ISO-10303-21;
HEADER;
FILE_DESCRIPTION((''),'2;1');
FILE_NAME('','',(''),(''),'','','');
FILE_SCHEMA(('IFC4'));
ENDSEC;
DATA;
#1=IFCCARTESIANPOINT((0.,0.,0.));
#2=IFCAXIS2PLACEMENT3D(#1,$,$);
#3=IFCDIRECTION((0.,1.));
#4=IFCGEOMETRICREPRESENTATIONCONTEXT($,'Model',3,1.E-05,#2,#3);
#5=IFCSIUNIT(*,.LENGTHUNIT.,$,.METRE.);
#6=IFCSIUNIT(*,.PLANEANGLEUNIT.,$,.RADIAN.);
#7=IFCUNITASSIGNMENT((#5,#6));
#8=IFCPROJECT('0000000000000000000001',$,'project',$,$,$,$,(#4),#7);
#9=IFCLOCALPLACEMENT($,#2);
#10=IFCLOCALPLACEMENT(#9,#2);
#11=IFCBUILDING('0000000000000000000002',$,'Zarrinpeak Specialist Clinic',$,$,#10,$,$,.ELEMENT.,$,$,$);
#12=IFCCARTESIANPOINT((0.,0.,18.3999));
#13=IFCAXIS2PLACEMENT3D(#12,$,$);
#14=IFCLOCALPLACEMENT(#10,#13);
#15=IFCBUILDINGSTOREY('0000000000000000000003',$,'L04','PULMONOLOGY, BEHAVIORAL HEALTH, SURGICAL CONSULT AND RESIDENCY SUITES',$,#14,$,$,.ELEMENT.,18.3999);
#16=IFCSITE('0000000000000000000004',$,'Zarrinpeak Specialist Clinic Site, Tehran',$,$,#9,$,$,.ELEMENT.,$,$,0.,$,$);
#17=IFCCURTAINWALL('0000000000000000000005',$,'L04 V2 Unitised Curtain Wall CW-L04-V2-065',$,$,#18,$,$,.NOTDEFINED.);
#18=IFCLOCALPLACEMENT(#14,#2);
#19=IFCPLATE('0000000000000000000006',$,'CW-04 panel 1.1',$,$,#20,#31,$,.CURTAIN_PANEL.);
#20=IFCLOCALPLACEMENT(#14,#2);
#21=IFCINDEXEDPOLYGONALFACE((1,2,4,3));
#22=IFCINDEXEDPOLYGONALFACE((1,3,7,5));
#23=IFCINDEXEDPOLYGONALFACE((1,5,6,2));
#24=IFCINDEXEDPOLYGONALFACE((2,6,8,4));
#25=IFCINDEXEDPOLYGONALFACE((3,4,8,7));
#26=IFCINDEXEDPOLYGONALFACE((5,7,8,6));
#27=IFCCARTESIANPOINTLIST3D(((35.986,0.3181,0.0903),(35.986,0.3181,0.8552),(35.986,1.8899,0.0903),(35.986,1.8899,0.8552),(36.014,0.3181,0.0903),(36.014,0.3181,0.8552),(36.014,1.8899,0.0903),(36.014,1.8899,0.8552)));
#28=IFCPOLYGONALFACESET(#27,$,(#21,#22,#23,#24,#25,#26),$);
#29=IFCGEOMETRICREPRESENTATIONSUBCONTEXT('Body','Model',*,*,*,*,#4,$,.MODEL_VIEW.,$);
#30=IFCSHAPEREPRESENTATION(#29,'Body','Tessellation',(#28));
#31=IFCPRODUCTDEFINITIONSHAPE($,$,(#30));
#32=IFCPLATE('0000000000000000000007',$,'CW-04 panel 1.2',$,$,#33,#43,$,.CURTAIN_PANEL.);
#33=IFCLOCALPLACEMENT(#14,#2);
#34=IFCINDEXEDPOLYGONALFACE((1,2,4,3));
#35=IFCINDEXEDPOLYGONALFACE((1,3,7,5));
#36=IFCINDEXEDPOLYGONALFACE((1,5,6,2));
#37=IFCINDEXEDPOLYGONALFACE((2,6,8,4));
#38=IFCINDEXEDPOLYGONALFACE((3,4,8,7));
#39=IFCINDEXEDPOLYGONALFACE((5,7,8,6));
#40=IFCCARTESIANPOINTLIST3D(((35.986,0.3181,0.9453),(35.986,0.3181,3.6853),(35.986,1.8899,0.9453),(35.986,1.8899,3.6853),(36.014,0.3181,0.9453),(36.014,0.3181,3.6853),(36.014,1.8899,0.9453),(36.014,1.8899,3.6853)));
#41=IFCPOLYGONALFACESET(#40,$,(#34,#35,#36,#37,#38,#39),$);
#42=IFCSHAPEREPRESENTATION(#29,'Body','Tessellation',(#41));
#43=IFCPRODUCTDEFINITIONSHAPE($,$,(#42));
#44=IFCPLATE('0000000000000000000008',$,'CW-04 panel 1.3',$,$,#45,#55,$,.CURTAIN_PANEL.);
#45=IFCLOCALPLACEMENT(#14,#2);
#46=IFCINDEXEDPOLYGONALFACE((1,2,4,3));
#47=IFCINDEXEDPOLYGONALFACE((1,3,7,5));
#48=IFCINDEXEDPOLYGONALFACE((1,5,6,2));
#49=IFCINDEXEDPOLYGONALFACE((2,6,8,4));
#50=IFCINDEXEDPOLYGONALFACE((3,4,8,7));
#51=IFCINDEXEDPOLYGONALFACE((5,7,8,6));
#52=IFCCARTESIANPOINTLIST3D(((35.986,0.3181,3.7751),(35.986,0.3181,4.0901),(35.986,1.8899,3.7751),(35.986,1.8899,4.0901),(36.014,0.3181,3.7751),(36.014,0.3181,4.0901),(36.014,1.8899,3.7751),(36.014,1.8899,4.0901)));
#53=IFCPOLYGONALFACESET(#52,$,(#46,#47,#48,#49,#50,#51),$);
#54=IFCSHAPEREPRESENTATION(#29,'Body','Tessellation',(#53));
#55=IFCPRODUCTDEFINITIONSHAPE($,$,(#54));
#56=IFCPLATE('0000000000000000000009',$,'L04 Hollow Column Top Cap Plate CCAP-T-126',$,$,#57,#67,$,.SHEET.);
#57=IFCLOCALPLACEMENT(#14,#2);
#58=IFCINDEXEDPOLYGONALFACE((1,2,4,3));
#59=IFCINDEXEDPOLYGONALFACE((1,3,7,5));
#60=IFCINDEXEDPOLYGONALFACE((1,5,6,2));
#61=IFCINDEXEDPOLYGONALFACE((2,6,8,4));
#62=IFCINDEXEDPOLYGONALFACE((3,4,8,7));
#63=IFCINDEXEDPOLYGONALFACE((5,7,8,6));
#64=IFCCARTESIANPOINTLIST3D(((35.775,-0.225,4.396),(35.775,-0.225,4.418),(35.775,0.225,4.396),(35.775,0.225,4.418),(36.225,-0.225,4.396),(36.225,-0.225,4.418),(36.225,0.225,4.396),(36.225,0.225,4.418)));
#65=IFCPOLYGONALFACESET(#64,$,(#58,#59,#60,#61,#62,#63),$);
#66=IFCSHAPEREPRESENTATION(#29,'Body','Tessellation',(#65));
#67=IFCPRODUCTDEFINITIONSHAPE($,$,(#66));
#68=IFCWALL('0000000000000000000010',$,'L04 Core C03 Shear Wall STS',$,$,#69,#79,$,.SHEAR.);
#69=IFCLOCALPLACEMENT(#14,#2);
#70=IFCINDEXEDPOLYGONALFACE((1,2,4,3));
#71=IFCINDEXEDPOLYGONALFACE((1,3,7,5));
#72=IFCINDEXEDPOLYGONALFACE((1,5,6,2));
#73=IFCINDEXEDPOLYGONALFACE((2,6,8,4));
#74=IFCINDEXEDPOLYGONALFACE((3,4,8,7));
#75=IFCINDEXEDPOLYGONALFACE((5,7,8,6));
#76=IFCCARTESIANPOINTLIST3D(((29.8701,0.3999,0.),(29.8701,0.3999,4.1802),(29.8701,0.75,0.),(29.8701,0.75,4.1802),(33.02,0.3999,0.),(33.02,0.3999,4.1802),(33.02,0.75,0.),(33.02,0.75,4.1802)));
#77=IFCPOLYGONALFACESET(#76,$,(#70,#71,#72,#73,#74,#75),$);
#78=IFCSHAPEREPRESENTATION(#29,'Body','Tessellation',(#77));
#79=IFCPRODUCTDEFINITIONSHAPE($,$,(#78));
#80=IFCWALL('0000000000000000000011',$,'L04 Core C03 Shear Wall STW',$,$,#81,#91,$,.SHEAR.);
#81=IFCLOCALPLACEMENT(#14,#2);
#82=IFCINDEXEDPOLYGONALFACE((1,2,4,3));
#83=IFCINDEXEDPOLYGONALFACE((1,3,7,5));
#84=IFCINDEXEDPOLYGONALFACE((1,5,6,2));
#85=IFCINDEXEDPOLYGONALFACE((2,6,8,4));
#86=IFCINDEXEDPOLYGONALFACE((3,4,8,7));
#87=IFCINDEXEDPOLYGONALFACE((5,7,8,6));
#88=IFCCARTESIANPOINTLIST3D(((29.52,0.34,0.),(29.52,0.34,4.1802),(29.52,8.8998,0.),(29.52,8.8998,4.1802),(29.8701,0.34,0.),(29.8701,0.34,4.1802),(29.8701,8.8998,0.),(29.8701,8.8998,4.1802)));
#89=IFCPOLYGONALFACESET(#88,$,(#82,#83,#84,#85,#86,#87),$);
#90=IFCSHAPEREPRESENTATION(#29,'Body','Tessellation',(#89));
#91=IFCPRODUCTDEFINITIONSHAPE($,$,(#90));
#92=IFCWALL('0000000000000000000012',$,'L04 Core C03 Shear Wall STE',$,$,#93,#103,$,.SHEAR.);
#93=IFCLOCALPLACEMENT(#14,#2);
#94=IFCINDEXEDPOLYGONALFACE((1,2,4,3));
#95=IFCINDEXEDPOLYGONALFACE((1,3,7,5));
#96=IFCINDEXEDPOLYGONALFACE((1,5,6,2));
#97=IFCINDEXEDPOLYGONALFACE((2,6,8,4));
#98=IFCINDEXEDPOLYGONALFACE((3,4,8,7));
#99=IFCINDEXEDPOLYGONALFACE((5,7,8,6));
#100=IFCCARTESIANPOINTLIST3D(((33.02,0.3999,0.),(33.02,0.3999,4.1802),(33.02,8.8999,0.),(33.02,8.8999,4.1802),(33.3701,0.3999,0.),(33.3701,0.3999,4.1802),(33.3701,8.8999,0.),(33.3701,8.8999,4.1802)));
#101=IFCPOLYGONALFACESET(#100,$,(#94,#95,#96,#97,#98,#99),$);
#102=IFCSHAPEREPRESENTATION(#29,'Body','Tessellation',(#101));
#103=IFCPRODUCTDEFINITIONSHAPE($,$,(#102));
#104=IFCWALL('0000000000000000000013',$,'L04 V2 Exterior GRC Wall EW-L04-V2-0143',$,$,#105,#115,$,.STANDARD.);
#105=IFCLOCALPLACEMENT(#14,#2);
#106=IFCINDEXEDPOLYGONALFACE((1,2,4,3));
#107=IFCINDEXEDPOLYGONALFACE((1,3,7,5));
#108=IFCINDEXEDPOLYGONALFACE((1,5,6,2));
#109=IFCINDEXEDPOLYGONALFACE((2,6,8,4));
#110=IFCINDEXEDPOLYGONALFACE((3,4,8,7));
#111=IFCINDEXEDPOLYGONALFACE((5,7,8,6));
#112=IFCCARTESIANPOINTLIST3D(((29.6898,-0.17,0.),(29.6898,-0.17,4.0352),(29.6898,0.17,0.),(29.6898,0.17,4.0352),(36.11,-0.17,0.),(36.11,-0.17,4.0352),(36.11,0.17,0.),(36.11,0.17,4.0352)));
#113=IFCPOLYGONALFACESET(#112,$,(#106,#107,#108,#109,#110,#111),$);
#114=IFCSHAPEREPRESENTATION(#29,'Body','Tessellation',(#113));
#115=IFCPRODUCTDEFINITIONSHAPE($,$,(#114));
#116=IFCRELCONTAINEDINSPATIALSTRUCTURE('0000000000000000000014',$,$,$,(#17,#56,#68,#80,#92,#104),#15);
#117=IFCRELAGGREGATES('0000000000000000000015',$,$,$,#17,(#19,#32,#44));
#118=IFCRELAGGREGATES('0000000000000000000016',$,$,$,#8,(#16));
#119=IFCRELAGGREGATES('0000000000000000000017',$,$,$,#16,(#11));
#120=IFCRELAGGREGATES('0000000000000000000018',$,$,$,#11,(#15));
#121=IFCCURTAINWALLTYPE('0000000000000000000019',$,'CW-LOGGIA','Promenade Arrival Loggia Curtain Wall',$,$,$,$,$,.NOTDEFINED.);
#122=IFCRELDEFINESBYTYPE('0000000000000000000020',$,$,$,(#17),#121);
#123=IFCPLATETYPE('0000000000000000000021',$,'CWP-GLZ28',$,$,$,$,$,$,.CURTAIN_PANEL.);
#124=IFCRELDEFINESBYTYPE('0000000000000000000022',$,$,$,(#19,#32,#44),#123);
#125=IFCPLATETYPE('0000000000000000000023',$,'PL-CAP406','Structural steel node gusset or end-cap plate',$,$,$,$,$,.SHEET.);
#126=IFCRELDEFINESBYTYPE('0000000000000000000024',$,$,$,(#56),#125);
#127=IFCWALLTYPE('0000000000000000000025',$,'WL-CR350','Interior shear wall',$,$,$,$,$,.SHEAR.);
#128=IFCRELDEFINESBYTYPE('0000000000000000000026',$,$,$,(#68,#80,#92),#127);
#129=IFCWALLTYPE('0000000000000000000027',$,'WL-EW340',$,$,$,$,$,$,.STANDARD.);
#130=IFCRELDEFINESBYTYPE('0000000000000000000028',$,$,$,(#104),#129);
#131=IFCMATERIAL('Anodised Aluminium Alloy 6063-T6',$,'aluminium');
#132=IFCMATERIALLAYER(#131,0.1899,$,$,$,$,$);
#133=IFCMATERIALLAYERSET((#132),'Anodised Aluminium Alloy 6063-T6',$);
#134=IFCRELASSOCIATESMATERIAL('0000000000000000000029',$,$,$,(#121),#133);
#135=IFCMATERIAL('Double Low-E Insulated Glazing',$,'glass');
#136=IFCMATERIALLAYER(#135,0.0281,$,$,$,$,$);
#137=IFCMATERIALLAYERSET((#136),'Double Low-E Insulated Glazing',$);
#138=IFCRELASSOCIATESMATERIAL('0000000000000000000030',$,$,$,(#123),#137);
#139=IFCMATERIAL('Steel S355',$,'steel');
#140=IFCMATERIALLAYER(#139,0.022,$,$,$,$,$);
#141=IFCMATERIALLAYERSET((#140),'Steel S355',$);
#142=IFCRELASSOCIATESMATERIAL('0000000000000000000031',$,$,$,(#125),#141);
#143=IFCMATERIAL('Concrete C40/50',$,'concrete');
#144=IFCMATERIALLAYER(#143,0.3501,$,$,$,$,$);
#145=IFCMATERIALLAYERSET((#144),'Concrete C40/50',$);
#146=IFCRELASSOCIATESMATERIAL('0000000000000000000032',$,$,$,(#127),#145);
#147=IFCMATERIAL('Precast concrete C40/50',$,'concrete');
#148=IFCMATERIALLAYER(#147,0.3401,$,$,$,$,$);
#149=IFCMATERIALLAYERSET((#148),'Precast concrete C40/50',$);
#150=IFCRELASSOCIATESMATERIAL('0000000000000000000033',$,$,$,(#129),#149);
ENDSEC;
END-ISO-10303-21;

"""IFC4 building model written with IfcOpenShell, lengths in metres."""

from ifc_helpers import new_model, si_unit, direction, frame, frame_2d, origin, origin_2d, place, context, subcontext, project, spatial, rectangle, extrude, material, layer, layer_set, type_object, element, aggregate, save


model = new_model("IFC4")

# Units and contexts
model_context = context("Model", 3, precision=1e-05, world=origin(), true_north=direction((0.0, 1.0)))
body_context = subcontext(model_context, "Body", "Model", "MODEL_VIEW")
ifc_project = project(units=[si_unit("LENGTHUNIT", "METRE"), si_unit("PLANEANGLEUNIT", "RADIAN")], contexts=[model_context])

# Site, building, storey
site_placement = place(None, origin())
site = spatial("IfcSite", under=ifc_project, at=site_placement, Name="Zarrinpeak Specialist Clinic Site, Tehran", CompositionType="ELEMENT", RefElevation=0.0)
building_placement = place(site_placement, origin())
building = spatial("IfcBuilding", under=site, at=building_placement, Name="Zarrinpeak Specialist Clinic", CompositionType="ELEMENT")
storey_placement = place(building_placement, frame((0.0, 0.0, 18.3999)))
storey = spatial("IfcBuildingStorey", under=building, at=storey_placement, Name="L04", Description="PULMONOLOGY, BEHAVIORAL HEALTH, SURGICAL CONSULT AND RESIDENCY SUITES", CompositionType="ELEMENT", Elevation=18.3999)

# Shared definitions
ifc_material_1 = material(Name="Steel S355", Category="steel")

# Curtain wall, plates
ifc_material_2 = material(Name="Anodised Aluminium Alloy 6063-T6", Category="aluminium")
ifc_layer_1 = layer(ifc_material_2, 0.1899)
ifc_layer_set_1 = layer_set([ifc_layer_1], Name="Anodised Aluminium Alloy 6063-T6")
curtain_wall_type = type_object("IfcCurtainWallType", Name="CW-LOGGIA", Description="Promenade Arrival Loggia Curtain Wall", PredefinedType="NOTDEFINED", material=ifc_layer_set_1)
curtain_wall_placement = place(storey_placement, origin())
curtain_wall = element("IfcCurtainWall", 1, at=curtain_wall_placement, inside=storey, type_object=curtain_wall_type, Name="L04 V2 Unitised Curtain Wall CW-L04-V2-065", PredefinedType="NOTDEFINED")
ifc_material_3 = material(Name="Double Low-E Insulated Glazing", Category="glass")
ifc_layer_2 = layer(ifc_material_3, 0.0281)
ifc_layer_set_2 = layer_set([ifc_layer_2], Name="Double Low-E Insulated Glazing")
plate_type_1 = type_object("IfcPlateType", Name="CWP-GLZ28", PredefinedType="CURTAIN_PANEL", material=ifc_layer_set_2)
plate_1_placement = place(storey_placement, frame((36.0, 1.104, 0.0903), z_axis=(0.0, 0.0, 1.0), x_axis=(0.0, 1.0, 0.0)))
plate_1 = element("IfcPlate", 2, at=plate_1_placement, type_object=plate_type_1, Name="CW-04 panel 1.1", PredefinedType="CURTAIN_PANEL", context=body_context, shape_type="SweptSolid", body=[
    extrude(rectangle(XDim=1.5718, YDim=0.0281, at=origin_2d()), origin(), (0.0, 0.0, 1.0), 0.7649),
])
plate_2_placement = place(storey_placement, frame((36.0, 1.104, 0.9453), z_axis=(0.0, 0.0, 1.0), x_axis=(0.0, 1.0, 0.0)))
plate_2 = element("IfcPlate", 3, at=plate_2_placement, type_object=plate_type_1, Name="CW-04 panel 1.2", PredefinedType="CURTAIN_PANEL", context=body_context, shape_type="SweptSolid", body=[
    extrude(rectangle(XDim=1.5718, YDim=0.0281, at=origin_2d()), origin(), (0.0, 0.0, 1.0), 2.74),
])
plate_3_placement = place(storey_placement, frame((36.0, 1.104, 3.7751), z_axis=(0.0, 0.0, 1.0), x_axis=(0.0, 1.0, 0.0)))
plate_3 = element("IfcPlate", 4, at=plate_3_placement, type_object=plate_type_1, Name="CW-04 panel 1.3", PredefinedType="CURTAIN_PANEL", context=body_context, shape_type="SweptSolid", body=[
    extrude(rectangle(XDim=1.5718, YDim=0.0281, at=origin_2d()), origin(), (0.0, 0.0, 1.0), 0.3149),
])
aggregate(curtain_wall, [plate_1, plate_2, plate_3])

# Plate
ifc_layer_3 = layer(ifc_material_1, 0.022)
ifc_layer_set_3 = layer_set([ifc_layer_3], Name="Steel S355")
plate_type_2 = type_object("IfcPlateType", Name="PL-CAP406", Description="Structural steel node gusset or end-cap plate", PredefinedType="SHEET", material=ifc_layer_set_3)
plate_4_placement = place(storey_placement, frame((36.0, 0.0, 4.396), z_axis=(0.0, 0.0, 1.0), x_axis=(1.0, 0.0, 0.0)))
element("IfcPlate", 5, at=plate_4_placement, inside=storey, type_object=plate_type_2, Name="L04 Hollow Column Top Cap Plate CCAP-T-126", PredefinedType="SHEET", context=body_context, shape_type="SweptSolid", body=[
    extrude(rectangle(XDim=0.45, YDim=0.45, at=origin_2d()), origin(), (0.0, 0.0, 1.0), 0.022),
])

# Walls
ifc_material_4 = material(Name="Concrete C40/50", Category="concrete")
ifc_layer_4 = layer(ifc_material_4, 0.3501)
ifc_layer_set_4 = layer_set([ifc_layer_4], Name="Concrete C40/50")
wall_type_1 = type_object("IfcWallType", Name="WL-CR350", Description="Interior shear wall", PredefinedType="SHEAR", material=ifc_layer_set_4)
wall_1_placement = place(storey_placement, frame((29.8701, 0.575, 0.0), z_axis=(0.0, 0.0, 1.0), x_axis=(1.0, 0.0, 0.0)))
element("IfcWall", 6, at=wall_1_placement, inside=storey, type_object=wall_type_1, Name="L04 Core C03 Shear Wall STS", PredefinedType="SHEAR", context=body_context, shape_type="SweptSolid", body=[
    extrude(rectangle(XDim=3.1499, YDim=0.3501, at=frame_2d((1.575, 0.0))), origin(), (0.0, 0.0, 1.0), 4.1802),
])
wall_2_placement = place(storey_placement, frame((29.6951, 0.3401, 0.0), z_axis=(0.0, 0.0, 1.0), x_axis=(0.0, 1.0, 0.0)))
element("IfcWall", 7, at=wall_2_placement, inside=storey, type_object=wall_type_1, Name="L04 Core C03 Shear Wall STW", PredefinedType="SHEAR", context=body_context, shape_type="SweptSolid", body=[
    extrude(rectangle(XDim=8.5598, YDim=0.3501, at=frame_2d((4.2798, 0.0))), origin(), (0.0, 0.0, 1.0), 4.1802),
])
wall_3_placement = place(storey_placement, frame((33.1951, 0.3999, 0.0), z_axis=(0.0, 0.0, 1.0), x_axis=(0.0, 1.0, 0.0)))
element("IfcWall", 8, at=wall_3_placement, inside=storey, type_object=wall_type_1, Name="L04 Core C03 Shear Wall STE", PredefinedType="SHEAR", context=body_context, shape_type="SweptSolid", body=[
    extrude(rectangle(XDim=8.5, YDim=0.3501, at=frame_2d((4.25, 0.0))), origin(), (0.0, 0.0, 1.0), 4.1802),
])
ifc_material_5 = material(Name="Precast concrete C40/50", Category="concrete")
ifc_layer_5 = layer(ifc_material_5, 0.3401)
ifc_layer_set_5 = layer_set([ifc_layer_5], Name="Precast concrete C40/50")
wall_type_2 = type_object("IfcWallType", Name="WL-EW340", PredefinedType="STANDARD", material=ifc_layer_set_5)
wall_4_placement = place(storey_placement, frame((29.6899, 0.0, 0.0), z_axis=(0.0, 0.0, 1.0), x_axis=(1.0, 0.0, 0.0)))
element("IfcWall", 9, at=wall_4_placement, inside=storey, type_object=wall_type_2, Name="L04 V2 Exterior GRC Wall EW-L04-V2-0143", PredefinedType="STANDARD", context=body_context, shape_type="SweptSolid", body=[
    extrude(rectangle(XDim=6.4202, YDim=0.3401, at=frame_2d((3.21, 0.0))), origin(), (0.0, 0.0, 1.0), 4.0352),
])

save(model, "model.ifc")
